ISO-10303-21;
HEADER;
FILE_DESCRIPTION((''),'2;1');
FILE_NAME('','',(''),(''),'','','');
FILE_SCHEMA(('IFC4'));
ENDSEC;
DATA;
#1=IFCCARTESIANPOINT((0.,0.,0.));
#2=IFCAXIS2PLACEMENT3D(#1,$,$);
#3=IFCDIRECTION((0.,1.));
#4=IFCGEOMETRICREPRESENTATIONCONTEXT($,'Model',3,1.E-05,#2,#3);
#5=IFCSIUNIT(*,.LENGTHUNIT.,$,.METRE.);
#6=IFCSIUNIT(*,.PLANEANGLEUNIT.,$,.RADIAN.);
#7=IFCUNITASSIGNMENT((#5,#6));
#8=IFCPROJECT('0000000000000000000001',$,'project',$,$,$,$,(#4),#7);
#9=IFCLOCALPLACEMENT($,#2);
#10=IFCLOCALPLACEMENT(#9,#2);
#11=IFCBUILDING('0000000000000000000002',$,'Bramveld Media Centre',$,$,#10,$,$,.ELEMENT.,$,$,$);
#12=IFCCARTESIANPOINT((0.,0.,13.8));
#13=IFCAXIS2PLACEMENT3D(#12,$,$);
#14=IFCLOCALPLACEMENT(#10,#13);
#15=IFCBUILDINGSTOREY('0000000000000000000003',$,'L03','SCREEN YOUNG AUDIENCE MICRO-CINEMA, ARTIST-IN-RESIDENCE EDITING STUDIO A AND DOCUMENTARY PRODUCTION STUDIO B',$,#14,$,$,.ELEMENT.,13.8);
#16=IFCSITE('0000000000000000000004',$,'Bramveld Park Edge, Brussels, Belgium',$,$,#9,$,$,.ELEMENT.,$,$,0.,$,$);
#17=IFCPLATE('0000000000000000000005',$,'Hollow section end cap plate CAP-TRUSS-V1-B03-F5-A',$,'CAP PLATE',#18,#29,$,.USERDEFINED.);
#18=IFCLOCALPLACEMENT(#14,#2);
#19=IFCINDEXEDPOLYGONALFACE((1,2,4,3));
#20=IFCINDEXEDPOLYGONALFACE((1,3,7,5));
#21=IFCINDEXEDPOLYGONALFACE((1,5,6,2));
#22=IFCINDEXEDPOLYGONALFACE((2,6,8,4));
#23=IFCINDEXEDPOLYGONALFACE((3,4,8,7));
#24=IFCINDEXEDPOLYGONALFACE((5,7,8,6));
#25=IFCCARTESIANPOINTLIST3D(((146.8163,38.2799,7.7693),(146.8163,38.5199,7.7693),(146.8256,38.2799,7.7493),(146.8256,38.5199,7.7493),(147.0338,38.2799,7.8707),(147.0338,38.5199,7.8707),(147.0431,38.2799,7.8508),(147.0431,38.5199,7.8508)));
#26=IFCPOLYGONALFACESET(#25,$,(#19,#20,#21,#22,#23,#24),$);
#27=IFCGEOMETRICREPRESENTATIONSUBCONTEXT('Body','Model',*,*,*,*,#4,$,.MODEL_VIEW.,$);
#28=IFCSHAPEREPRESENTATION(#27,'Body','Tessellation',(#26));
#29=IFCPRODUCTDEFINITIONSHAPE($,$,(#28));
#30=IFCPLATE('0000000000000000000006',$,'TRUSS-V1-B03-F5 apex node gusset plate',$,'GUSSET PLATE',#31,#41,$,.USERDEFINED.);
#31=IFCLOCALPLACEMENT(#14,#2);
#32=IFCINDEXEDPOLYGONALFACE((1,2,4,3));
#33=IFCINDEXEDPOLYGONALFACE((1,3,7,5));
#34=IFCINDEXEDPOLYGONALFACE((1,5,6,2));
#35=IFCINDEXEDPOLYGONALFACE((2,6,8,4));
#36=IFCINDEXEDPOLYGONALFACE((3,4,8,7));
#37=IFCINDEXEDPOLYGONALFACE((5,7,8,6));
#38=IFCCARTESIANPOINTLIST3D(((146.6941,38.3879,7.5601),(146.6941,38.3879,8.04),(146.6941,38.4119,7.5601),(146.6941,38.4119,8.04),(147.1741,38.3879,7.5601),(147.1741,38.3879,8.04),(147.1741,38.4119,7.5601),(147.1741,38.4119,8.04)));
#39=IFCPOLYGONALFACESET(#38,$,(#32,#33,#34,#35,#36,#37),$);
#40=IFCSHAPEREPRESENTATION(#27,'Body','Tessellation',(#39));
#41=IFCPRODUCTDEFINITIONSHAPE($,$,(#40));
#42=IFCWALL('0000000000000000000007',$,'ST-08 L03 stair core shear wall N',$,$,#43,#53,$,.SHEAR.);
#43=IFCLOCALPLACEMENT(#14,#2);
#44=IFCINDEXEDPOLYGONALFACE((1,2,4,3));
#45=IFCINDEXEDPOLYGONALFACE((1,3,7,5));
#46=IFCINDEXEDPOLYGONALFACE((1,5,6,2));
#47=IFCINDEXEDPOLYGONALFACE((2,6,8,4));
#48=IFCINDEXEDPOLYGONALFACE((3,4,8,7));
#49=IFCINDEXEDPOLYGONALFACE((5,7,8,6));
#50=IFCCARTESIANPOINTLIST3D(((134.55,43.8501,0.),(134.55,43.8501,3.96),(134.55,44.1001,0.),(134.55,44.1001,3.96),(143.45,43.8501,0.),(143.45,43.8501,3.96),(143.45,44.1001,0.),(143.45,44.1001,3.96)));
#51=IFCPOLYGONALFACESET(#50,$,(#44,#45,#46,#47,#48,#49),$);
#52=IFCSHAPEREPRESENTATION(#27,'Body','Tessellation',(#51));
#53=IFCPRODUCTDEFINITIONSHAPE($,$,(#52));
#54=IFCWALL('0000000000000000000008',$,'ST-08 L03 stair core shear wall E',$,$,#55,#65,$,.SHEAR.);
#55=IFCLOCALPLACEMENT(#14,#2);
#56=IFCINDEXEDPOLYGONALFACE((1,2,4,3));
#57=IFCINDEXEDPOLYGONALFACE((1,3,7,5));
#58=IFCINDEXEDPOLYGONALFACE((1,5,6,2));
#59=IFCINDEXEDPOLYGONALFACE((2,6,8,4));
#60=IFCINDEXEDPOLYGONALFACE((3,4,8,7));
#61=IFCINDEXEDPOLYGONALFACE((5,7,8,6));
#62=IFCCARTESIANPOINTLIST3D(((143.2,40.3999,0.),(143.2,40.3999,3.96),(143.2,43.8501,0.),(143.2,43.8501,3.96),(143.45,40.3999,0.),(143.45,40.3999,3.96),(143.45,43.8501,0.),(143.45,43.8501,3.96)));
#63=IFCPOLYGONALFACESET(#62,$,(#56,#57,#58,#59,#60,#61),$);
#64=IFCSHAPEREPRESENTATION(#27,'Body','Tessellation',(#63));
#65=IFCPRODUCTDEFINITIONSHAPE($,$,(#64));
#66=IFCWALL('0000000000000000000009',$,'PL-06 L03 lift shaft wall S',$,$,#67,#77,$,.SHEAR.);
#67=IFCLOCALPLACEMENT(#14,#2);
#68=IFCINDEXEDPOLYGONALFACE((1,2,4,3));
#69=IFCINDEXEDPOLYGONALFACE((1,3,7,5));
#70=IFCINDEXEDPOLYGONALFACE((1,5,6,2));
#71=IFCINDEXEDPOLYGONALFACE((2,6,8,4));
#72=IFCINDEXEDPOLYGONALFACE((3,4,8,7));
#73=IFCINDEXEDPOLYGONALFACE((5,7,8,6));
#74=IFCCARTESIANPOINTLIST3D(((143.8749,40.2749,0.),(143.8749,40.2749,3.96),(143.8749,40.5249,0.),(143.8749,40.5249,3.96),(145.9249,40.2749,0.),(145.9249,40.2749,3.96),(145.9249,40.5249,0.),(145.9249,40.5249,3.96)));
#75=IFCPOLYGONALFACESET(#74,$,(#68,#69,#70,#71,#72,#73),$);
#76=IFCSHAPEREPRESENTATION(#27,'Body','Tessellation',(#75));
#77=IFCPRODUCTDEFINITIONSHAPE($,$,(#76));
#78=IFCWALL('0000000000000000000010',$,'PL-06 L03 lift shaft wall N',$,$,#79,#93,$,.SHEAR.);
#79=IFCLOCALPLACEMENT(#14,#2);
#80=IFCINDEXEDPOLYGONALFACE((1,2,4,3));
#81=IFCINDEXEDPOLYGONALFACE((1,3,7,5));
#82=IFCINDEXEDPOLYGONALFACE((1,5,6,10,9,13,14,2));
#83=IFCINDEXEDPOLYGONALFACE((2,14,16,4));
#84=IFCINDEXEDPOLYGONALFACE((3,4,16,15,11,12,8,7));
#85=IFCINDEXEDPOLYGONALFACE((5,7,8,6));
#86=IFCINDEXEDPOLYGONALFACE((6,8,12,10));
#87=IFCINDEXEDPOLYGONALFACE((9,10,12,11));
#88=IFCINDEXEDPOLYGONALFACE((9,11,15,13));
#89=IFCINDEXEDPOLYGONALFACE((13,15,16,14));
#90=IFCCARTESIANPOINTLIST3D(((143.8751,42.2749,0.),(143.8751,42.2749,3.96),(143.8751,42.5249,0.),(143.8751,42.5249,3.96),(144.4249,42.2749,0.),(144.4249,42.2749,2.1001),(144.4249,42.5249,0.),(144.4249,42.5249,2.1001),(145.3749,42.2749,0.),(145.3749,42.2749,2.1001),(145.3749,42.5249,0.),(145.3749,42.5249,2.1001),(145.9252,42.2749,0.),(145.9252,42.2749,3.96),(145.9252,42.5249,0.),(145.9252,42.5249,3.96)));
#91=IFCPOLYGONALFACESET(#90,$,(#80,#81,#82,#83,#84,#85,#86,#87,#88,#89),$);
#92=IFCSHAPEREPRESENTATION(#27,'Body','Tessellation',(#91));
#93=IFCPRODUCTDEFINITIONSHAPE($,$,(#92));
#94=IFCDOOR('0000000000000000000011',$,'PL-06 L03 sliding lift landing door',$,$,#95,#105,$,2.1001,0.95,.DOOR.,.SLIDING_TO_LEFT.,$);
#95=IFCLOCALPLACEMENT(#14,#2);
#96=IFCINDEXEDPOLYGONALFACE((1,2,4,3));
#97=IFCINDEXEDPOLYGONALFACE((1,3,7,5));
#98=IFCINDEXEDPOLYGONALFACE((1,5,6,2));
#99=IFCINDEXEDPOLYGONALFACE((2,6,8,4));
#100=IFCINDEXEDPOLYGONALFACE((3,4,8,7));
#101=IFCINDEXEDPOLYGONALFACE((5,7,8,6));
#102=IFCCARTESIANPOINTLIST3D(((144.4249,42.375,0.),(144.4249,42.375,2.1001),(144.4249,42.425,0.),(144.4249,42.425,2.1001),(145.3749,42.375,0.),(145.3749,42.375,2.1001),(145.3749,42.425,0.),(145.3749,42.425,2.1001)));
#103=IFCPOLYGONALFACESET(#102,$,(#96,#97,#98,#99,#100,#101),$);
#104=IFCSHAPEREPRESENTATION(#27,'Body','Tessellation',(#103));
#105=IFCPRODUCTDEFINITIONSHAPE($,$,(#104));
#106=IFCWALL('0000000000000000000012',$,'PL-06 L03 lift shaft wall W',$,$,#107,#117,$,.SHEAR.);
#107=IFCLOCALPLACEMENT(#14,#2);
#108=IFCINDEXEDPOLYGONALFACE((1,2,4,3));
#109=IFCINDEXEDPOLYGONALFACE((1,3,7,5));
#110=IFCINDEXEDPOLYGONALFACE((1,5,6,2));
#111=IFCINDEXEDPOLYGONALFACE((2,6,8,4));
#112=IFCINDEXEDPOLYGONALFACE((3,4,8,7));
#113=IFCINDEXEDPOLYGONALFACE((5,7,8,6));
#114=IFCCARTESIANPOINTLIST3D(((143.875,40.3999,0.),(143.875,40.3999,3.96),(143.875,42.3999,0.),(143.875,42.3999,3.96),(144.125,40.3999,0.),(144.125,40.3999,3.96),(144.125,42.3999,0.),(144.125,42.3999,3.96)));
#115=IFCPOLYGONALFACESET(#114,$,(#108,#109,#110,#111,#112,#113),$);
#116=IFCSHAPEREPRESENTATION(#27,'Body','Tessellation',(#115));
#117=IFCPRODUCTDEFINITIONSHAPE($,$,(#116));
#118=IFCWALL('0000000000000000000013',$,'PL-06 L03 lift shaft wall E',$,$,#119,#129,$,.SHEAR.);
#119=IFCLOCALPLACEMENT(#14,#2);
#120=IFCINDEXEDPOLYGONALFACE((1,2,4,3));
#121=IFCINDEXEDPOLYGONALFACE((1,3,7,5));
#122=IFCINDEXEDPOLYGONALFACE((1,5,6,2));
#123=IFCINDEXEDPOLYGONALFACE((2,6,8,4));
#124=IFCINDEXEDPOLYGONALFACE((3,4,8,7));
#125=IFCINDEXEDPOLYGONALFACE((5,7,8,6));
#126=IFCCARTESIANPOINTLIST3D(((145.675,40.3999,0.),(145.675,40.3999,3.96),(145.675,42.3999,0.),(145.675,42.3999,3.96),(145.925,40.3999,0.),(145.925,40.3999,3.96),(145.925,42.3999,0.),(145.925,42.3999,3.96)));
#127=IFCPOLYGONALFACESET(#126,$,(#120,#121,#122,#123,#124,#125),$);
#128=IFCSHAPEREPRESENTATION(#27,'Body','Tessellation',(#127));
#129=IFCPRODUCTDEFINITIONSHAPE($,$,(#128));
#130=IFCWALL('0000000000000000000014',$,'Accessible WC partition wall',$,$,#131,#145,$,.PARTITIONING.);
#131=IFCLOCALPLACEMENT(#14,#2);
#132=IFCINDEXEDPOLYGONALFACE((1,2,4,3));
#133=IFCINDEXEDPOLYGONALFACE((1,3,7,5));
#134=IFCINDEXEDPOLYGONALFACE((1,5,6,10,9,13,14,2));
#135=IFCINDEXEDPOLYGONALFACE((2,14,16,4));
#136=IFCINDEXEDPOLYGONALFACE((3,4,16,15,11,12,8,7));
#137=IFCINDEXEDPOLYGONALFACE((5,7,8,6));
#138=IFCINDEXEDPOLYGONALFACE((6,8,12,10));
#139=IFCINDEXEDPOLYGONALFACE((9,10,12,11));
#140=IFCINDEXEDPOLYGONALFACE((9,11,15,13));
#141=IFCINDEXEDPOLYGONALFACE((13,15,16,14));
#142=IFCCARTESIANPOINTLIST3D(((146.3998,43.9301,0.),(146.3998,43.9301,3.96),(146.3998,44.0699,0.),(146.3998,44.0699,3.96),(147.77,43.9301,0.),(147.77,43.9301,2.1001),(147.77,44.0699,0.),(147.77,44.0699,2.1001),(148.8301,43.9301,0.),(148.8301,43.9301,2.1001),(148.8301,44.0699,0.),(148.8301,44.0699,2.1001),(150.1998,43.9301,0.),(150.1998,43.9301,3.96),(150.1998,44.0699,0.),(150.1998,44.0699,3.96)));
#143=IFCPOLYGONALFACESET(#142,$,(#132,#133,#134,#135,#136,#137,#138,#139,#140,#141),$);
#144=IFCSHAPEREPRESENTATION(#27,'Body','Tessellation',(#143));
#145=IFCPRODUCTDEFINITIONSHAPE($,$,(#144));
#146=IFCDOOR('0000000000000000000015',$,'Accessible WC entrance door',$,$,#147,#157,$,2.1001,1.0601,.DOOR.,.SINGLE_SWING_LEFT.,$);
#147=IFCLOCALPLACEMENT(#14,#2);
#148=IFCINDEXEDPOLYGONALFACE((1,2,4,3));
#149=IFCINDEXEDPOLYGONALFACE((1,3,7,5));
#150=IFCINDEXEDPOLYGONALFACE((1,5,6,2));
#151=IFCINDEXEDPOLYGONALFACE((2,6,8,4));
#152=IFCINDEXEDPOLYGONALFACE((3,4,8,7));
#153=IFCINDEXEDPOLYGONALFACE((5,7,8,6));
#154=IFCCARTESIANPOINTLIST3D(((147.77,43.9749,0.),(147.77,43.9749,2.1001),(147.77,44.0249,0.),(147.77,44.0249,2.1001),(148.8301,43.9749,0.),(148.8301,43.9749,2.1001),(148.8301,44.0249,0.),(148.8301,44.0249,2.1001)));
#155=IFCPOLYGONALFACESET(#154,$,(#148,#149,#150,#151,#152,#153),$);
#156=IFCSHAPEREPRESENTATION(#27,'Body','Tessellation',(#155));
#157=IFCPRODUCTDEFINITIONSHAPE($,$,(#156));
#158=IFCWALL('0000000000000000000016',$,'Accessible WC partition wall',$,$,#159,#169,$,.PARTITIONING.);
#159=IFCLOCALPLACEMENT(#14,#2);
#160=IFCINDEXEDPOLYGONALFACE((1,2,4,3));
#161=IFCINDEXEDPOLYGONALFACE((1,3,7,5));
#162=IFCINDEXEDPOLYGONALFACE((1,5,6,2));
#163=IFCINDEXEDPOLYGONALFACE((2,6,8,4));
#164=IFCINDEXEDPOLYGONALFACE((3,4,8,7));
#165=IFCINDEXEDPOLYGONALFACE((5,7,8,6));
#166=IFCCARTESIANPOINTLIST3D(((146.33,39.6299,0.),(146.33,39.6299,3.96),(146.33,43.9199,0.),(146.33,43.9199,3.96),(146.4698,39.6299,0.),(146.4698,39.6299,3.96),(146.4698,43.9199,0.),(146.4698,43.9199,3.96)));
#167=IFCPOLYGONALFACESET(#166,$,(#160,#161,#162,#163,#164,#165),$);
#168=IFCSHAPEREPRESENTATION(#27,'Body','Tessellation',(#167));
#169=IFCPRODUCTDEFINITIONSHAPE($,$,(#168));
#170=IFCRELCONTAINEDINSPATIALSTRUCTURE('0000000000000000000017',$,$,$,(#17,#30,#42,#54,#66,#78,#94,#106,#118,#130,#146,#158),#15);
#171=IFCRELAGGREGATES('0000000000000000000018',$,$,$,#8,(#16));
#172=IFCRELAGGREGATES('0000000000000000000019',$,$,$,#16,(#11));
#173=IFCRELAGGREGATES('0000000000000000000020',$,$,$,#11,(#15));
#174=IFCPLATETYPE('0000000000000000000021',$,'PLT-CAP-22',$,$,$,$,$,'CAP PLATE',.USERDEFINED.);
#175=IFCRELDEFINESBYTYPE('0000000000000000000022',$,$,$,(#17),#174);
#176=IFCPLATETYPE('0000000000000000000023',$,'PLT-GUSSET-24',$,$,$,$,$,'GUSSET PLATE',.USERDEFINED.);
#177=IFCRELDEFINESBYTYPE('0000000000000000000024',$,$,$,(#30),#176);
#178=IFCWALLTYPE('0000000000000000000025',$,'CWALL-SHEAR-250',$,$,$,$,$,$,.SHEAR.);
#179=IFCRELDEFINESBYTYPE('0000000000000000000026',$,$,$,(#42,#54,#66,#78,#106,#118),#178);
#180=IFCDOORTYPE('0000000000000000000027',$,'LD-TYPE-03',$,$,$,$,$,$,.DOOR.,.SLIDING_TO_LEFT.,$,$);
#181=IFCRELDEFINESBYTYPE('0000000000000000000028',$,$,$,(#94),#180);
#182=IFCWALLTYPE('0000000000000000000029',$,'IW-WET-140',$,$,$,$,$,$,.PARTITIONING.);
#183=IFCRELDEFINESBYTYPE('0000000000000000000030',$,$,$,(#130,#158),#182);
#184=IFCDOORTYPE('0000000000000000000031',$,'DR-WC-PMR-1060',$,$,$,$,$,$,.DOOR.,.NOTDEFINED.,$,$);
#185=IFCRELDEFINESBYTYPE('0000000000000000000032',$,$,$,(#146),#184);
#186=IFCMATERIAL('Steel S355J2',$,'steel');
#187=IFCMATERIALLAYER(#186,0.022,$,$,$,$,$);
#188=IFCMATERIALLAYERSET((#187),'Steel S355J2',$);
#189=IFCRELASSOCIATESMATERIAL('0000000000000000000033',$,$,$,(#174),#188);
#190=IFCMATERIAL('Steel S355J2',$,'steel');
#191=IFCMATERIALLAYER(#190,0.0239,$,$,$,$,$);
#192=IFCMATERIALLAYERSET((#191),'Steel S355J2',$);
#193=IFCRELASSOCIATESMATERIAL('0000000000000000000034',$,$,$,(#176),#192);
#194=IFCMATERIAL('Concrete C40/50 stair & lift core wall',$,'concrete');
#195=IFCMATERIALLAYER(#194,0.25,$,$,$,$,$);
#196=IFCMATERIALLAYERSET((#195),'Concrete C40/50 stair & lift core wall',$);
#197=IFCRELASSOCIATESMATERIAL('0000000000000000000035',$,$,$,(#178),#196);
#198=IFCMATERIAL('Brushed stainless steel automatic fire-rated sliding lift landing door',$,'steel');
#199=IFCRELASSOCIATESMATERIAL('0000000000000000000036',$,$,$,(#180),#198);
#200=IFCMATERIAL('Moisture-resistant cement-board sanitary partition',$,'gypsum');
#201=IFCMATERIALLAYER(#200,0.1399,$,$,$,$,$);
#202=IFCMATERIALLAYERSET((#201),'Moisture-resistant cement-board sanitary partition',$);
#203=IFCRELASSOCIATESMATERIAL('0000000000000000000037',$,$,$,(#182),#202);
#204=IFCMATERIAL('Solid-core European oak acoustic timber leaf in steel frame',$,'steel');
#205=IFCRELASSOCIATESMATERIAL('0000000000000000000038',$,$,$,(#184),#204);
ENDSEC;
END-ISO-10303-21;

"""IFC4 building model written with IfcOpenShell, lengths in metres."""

from ifc_helpers import new_model, si_unit, direction, frame, frame_2d, origin, origin_2d, place, context, subcontext, project, spatial, rectangle, extrude, material, layer, layer_set, type_object, element, fill, save


model = new_model("IFC4")

# Units and contexts
model_context = context("Model", 3, precision=1e-05, world=origin(), true_north=direction((0.0, 1.0)))
body_context = subcontext(model_context, "Body", "Model", "MODEL_VIEW")
ifc_project = project(units=[si_unit("LENGTHUNIT", "METRE"), si_unit("PLANEANGLEUNIT", "RADIAN")], contexts=[model_context])

# Site, building, storey
site_placement = place(None, origin())
site = spatial("IfcSite", under=ifc_project, at=site_placement, Name="Bramveld Park Edge, Brussels, Belgium", CompositionType="ELEMENT", RefElevation=0.0)
building_placement = place(site_placement, origin())
building = spatial("IfcBuilding", under=site, at=building_placement, Name="Bramveld Media Centre", CompositionType="ELEMENT")
storey_placement = place(building_placement, frame((0.0, 0.0, 13.8)))
storey = spatial("IfcBuildingStorey", under=building, at=storey_placement, Name="L03", Description="SCREEN YOUNG AUDIENCE MICRO-CINEMA, ARTIST-IN-RESIDENCE EDITING STUDIO A AND DOCUMENTARY PRODUCTION STUDIO B", CompositionType="ELEMENT", Elevation=13.8)

# Plates
ifc_material_1 = material(Name="Steel S355J2", Category="steel")
ifc_layer_1 = layer(ifc_material_1, 0.022)
ifc_layer_set_1 = layer_set([ifc_layer_1], Name="Steel S355J2")
plate_type_1 = type_object("IfcPlateType", Name="PLT-CAP-22", ElementType="CAP PLATE", PredefinedType="USERDEFINED", material=ifc_layer_set_1)
plate_1_placement = place(storey_placement, frame((146.9343, 38.3999, 7.8), z_axis=(-0.422618, 0.0, 0.906308), x_axis=(0.0, -1.0, 0.0)))
element("IfcPlate", 1, at=plate_1_placement, inside=storey, type_object=plate_type_1, Name="Hollow section end cap plate CAP-TRUSS-V1-B03-F5-A", ObjectType="CAP PLATE", PredefinedType="USERDEFINED", context=body_context, shape_type="SweptSolid", body=[
    extrude(rectangle(XDim=0.24, YDim=0.24, at=origin_2d()), origin(), (0.0, 0.0, 1.0), 0.022),
])
ifc_material_2 = material(Name="Steel S355J2", Category="steel")
ifc_layer_2 = layer(ifc_material_2, 0.0239)
ifc_layer_set_2 = layer_set([ifc_layer_2], Name="Steel S355J2")
plate_type_2 = type_object("IfcPlateType", Name="PLT-GUSSET-24", ElementType="GUSSET PLATE", PredefinedType="USERDEFINED", material=ifc_layer_set_2)
plate_2_placement = place(storey_placement, frame((146.9341, 38.3999, 7.5601), z_axis=(0.0, 0.0, 1.0), x_axis=(1.0, 0.0, 0.0)))
element("IfcPlate", 2, at=plate_2_placement, inside=storey, type_object=plate_type_2, Name="TRUSS-V1-B03-F5 apex node gusset plate", ObjectType="GUSSET PLATE", PredefinedType="USERDEFINED", context=body_context, shape_type="SweptSolid", body=[
    extrude(rectangle(XDim=0.48, YDim=0.0239, at=origin_2d()), origin(), (0.0, 0.0, 1.0), 0.48),
])

# Walls
ifc_material_3 = material(Name="Concrete C40/50 stair & lift core wall", Category="concrete")
ifc_layer_3 = layer(ifc_material_3, 0.25)
ifc_layer_set_3 = layer_set([ifc_layer_3], Name="Concrete C40/50 stair & lift core wall")
wall_type_1 = type_object("IfcWallType", Name="CWALL-SHEAR-250", PredefinedType="SHEAR", material=ifc_layer_set_3)
wall_1_placement = place(storey_placement, frame((143.45, 43.9751, 0.0), z_axis=(0.0, 0.0, 1.0), x_axis=(-1.0, 0.0, 0.0)))
element("IfcWall", 3, at=wall_1_placement, inside=storey, type_object=wall_type_1, Name="ST-08 L03 stair core shear wall N", PredefinedType="SHEAR", context=body_context, shape_type="SweptSolid", body=[
    extrude(rectangle(XDim=8.8999, YDim=0.25, at=frame_2d((4.45, 0.0))), origin(), (0.0, 0.0, 1.0), 3.96),
])
wall_2_placement = place(storey_placement, frame((143.325, 40.3999, 0.0), z_axis=(0.0, 0.0, 1.0), x_axis=(0.0, 1.0, 0.0)))
element("IfcWall", 4, at=wall_2_placement, inside=storey, type_object=wall_type_1, Name="ST-08 L03 stair core shear wall E", PredefinedType="SHEAR", context=body_context, shape_type="SweptSolid", body=[
    extrude(rectangle(XDim=3.4502, YDim=0.25, at=frame_2d((1.7251, 0.0))), origin(), (0.0, 0.0, 1.0), 3.96),
])
wall_3_placement = place(storey_placement, frame((143.875, 40.3999, 0.0), z_axis=(0.0, 0.0, 1.0), x_axis=(1.0, 0.0, 0.0)))
element("IfcWall", 5, at=wall_3_placement, inside=storey, type_object=wall_type_1, Name="PL-06 L03 lift shaft wall S", PredefinedType="SHEAR", context=body_context, shape_type="SweptSolid", body=[
    extrude(rectangle(XDim=2.05, YDim=0.25, at=frame_2d((1.0249, 0.0))), origin(), (0.0, 0.0, 1.0), 3.96),
])

# Wall, opening, door
wall_4_placement = place(storey_placement, frame((145.925, 42.3999, 0.0), z_axis=(0.0, 0.0, 1.0), x_axis=(-1.0, 0.0, 0.0)))
wall_4 = element("IfcWall", 6, at=wall_4_placement, inside=storey, type_object=wall_type_1, Name="PL-06 L03 lift shaft wall N", PredefinedType="SHEAR", context=body_context, shape_type="SweptSolid", body=[
    extrude(rectangle(XDim=2.05, YDim=0.25, at=frame_2d((1.0249, 0.0))), origin(), (0.0, 0.0, 1.0), 3.96),
])
opening_1_placement = place(wall_4_placement, frame((0.55, 0.0, 0.0)))
opening_1 = element("IfcOpeningElement", 7, at=opening_1_placement, cuts=wall_4, PredefinedType="OPENING", context=body_context, shape_type="SweptSolid", body=[
    extrude(rectangle(XDim=0.95, YDim=2.1001, at=frame_2d((0.4751, 1.05))), frame((0.0, 0.137, 0.0), z_axis=(0.0, -1.0, 0.0), x_axis=(1.0, 0.0, 0.0)), (0.0, 0.0, 1.0), 0.2739),
])
ifc_material_4 = material(Name="Brushed stainless steel automatic fire-rated sliding lift landing door", Category="steel")
door_type_1 = type_object("IfcDoorType", Name="LD-TYPE-03", OperationType="SLIDING_TO_LEFT", PredefinedType="DOOR", material=ifc_material_4)
door_1_placement = place(opening_1_placement, origin())
door_1 = element("IfcDoor", 8, at=door_1_placement, inside=storey, type_object=door_type_1, Name="PL-06 L03 sliding lift landing door", OperationType="SLIDING_TO_LEFT", OverallHeight=2.1001, OverallWidth=0.95, PredefinedType="DOOR", context=body_context, shape_type="SweptSolid", body=[
    extrude(rectangle(XDim=0.95, YDim=2.1001, at=frame_2d((0.4751, 1.05))), frame((0.0, 0.0249, 0.0), z_axis=(0.0, -1.0, 0.0), x_axis=(1.0, 0.0, 0.0)), (0.0, 0.0, 1.0), 0.05),
])
fill(opening_1, door_1)

# Walls
for number, where, z_axis, x_axis, name in (
    (9, (144.0, 42.3999, 0.0), (0.0, 0.0, 1.0), (0.0, -1.0, 0.0), "PL-06 L03 lift shaft wall W"),
    (10, (145.8, 40.3999, 0.0), (0.0, 0.0, 1.0), (0.0, 1.0, 0.0), "PL-06 L03 lift shaft wall E"),
):
    element("IfcWall", number, at=place(storey_placement, frame(where, z_axis=z_axis, x_axis=x_axis)), inside=storey, type_object=wall_type_1, Name=name, PredefinedType="SHEAR", context=body_context, shape_type="SweptSolid", body=[
        extrude(rectangle(XDim=2.0, YDim=0.25, at=frame_2d((1.0, 0.0))), origin(), (0.0, 0.0, 1.0), 3.96),
    ])

# Wall, opening, door
ifc_material_5 = material(Name="Moisture-resistant cement-board sanitary partition", Category="gypsum")
ifc_layer_4 = layer(ifc_material_5, 0.1399)
ifc_layer_set_4 = layer_set([ifc_layer_4], Name="Moisture-resistant cement-board sanitary partition")
wall_type_2 = type_object("IfcWallType", Name="IW-WET-140", PredefinedType="PARTITIONING", material=ifc_layer_set_4)
wall_5_placement = place(storey_placement, frame((146.3999, 44.0, 0.0), z_axis=(0.0, 0.0, 1.0), x_axis=(1.0, 0.0, 0.0)))
wall_5 = element("IfcWall", 11, at=wall_5_placement, inside=storey, type_object=wall_type_2, Name="Accessible WC partition wall", PredefinedType="PARTITIONING", context=body_context, shape_type="SweptSolid", body=[
    extrude(rectangle(XDim=3.8, YDim=0.1399, at=frame_2d((1.8999, 0.0))), origin(), (0.0, 0.0, 1.0), 3.96),
])
opening_2_placement = place(wall_5_placement, frame((1.3701, 0.0, 0.0)))
opening_2 = element("IfcOpeningElement", 12, at=opening_2_placement, cuts=wall_5, PredefinedType="OPENING", context=body_context, shape_type="SweptSolid", body=[
    extrude(rectangle(XDim=1.0601, YDim=2.1001, at=frame_2d((0.53, 1.05))), frame((0.0, 0.082, 0.0), z_axis=(0.0, -1.0, 0.0), x_axis=(1.0, 0.0, 0.0)), (0.0, 0.0, 1.0), 0.1638),
])
ifc_material_6 = material(Name="Solid-core European oak acoustic timber leaf in steel frame", Category="steel")
door_type_2 = type_object("IfcDoorType", Name="DR-WC-PMR-1060", OperationType="NOTDEFINED", PredefinedType="DOOR", material=ifc_material_6)
door_2_placement = place(opening_2_placement, origin())
door_2 = element("IfcDoor", 13, at=door_2_placement, inside=storey, type_object=door_type_2, Name="Accessible WC entrance door", OperationType="SINGLE_SWING_LEFT", OverallHeight=2.1001, OverallWidth=1.0601, PredefinedType="DOOR", context=body_context, shape_type="SweptSolid", body=[
    extrude(rectangle(XDim=1.0601, YDim=2.1001, at=frame_2d((0.53, 1.05))), frame((0.0, 0.0249, 0.0), z_axis=(0.0, -1.0, 0.0), x_axis=(1.0, 0.0, 0.0)), (0.0, 0.0, 1.0), 0.05),
])
fill(opening_2, door_2)

# Wall
wall_6_placement = place(storey_placement, frame((146.3999, 39.6299, 0.0), z_axis=(0.0, 0.0, 1.0), x_axis=(0.0, 1.0, 0.0)))
element("IfcWall", 14, at=wall_6_placement, inside=storey, type_object=wall_type_2, Name="Accessible WC partition wall", PredefinedType="PARTITIONING", context=body_context, shape_type="SweptSolid", body=[
    extrude(rectangle(XDim=4.29, YDim=0.1399, at=frame_2d((2.145, 0.0))), origin(), (0.0, 0.0, 1.0), 3.96),
])

save(model, "model.ifc")
